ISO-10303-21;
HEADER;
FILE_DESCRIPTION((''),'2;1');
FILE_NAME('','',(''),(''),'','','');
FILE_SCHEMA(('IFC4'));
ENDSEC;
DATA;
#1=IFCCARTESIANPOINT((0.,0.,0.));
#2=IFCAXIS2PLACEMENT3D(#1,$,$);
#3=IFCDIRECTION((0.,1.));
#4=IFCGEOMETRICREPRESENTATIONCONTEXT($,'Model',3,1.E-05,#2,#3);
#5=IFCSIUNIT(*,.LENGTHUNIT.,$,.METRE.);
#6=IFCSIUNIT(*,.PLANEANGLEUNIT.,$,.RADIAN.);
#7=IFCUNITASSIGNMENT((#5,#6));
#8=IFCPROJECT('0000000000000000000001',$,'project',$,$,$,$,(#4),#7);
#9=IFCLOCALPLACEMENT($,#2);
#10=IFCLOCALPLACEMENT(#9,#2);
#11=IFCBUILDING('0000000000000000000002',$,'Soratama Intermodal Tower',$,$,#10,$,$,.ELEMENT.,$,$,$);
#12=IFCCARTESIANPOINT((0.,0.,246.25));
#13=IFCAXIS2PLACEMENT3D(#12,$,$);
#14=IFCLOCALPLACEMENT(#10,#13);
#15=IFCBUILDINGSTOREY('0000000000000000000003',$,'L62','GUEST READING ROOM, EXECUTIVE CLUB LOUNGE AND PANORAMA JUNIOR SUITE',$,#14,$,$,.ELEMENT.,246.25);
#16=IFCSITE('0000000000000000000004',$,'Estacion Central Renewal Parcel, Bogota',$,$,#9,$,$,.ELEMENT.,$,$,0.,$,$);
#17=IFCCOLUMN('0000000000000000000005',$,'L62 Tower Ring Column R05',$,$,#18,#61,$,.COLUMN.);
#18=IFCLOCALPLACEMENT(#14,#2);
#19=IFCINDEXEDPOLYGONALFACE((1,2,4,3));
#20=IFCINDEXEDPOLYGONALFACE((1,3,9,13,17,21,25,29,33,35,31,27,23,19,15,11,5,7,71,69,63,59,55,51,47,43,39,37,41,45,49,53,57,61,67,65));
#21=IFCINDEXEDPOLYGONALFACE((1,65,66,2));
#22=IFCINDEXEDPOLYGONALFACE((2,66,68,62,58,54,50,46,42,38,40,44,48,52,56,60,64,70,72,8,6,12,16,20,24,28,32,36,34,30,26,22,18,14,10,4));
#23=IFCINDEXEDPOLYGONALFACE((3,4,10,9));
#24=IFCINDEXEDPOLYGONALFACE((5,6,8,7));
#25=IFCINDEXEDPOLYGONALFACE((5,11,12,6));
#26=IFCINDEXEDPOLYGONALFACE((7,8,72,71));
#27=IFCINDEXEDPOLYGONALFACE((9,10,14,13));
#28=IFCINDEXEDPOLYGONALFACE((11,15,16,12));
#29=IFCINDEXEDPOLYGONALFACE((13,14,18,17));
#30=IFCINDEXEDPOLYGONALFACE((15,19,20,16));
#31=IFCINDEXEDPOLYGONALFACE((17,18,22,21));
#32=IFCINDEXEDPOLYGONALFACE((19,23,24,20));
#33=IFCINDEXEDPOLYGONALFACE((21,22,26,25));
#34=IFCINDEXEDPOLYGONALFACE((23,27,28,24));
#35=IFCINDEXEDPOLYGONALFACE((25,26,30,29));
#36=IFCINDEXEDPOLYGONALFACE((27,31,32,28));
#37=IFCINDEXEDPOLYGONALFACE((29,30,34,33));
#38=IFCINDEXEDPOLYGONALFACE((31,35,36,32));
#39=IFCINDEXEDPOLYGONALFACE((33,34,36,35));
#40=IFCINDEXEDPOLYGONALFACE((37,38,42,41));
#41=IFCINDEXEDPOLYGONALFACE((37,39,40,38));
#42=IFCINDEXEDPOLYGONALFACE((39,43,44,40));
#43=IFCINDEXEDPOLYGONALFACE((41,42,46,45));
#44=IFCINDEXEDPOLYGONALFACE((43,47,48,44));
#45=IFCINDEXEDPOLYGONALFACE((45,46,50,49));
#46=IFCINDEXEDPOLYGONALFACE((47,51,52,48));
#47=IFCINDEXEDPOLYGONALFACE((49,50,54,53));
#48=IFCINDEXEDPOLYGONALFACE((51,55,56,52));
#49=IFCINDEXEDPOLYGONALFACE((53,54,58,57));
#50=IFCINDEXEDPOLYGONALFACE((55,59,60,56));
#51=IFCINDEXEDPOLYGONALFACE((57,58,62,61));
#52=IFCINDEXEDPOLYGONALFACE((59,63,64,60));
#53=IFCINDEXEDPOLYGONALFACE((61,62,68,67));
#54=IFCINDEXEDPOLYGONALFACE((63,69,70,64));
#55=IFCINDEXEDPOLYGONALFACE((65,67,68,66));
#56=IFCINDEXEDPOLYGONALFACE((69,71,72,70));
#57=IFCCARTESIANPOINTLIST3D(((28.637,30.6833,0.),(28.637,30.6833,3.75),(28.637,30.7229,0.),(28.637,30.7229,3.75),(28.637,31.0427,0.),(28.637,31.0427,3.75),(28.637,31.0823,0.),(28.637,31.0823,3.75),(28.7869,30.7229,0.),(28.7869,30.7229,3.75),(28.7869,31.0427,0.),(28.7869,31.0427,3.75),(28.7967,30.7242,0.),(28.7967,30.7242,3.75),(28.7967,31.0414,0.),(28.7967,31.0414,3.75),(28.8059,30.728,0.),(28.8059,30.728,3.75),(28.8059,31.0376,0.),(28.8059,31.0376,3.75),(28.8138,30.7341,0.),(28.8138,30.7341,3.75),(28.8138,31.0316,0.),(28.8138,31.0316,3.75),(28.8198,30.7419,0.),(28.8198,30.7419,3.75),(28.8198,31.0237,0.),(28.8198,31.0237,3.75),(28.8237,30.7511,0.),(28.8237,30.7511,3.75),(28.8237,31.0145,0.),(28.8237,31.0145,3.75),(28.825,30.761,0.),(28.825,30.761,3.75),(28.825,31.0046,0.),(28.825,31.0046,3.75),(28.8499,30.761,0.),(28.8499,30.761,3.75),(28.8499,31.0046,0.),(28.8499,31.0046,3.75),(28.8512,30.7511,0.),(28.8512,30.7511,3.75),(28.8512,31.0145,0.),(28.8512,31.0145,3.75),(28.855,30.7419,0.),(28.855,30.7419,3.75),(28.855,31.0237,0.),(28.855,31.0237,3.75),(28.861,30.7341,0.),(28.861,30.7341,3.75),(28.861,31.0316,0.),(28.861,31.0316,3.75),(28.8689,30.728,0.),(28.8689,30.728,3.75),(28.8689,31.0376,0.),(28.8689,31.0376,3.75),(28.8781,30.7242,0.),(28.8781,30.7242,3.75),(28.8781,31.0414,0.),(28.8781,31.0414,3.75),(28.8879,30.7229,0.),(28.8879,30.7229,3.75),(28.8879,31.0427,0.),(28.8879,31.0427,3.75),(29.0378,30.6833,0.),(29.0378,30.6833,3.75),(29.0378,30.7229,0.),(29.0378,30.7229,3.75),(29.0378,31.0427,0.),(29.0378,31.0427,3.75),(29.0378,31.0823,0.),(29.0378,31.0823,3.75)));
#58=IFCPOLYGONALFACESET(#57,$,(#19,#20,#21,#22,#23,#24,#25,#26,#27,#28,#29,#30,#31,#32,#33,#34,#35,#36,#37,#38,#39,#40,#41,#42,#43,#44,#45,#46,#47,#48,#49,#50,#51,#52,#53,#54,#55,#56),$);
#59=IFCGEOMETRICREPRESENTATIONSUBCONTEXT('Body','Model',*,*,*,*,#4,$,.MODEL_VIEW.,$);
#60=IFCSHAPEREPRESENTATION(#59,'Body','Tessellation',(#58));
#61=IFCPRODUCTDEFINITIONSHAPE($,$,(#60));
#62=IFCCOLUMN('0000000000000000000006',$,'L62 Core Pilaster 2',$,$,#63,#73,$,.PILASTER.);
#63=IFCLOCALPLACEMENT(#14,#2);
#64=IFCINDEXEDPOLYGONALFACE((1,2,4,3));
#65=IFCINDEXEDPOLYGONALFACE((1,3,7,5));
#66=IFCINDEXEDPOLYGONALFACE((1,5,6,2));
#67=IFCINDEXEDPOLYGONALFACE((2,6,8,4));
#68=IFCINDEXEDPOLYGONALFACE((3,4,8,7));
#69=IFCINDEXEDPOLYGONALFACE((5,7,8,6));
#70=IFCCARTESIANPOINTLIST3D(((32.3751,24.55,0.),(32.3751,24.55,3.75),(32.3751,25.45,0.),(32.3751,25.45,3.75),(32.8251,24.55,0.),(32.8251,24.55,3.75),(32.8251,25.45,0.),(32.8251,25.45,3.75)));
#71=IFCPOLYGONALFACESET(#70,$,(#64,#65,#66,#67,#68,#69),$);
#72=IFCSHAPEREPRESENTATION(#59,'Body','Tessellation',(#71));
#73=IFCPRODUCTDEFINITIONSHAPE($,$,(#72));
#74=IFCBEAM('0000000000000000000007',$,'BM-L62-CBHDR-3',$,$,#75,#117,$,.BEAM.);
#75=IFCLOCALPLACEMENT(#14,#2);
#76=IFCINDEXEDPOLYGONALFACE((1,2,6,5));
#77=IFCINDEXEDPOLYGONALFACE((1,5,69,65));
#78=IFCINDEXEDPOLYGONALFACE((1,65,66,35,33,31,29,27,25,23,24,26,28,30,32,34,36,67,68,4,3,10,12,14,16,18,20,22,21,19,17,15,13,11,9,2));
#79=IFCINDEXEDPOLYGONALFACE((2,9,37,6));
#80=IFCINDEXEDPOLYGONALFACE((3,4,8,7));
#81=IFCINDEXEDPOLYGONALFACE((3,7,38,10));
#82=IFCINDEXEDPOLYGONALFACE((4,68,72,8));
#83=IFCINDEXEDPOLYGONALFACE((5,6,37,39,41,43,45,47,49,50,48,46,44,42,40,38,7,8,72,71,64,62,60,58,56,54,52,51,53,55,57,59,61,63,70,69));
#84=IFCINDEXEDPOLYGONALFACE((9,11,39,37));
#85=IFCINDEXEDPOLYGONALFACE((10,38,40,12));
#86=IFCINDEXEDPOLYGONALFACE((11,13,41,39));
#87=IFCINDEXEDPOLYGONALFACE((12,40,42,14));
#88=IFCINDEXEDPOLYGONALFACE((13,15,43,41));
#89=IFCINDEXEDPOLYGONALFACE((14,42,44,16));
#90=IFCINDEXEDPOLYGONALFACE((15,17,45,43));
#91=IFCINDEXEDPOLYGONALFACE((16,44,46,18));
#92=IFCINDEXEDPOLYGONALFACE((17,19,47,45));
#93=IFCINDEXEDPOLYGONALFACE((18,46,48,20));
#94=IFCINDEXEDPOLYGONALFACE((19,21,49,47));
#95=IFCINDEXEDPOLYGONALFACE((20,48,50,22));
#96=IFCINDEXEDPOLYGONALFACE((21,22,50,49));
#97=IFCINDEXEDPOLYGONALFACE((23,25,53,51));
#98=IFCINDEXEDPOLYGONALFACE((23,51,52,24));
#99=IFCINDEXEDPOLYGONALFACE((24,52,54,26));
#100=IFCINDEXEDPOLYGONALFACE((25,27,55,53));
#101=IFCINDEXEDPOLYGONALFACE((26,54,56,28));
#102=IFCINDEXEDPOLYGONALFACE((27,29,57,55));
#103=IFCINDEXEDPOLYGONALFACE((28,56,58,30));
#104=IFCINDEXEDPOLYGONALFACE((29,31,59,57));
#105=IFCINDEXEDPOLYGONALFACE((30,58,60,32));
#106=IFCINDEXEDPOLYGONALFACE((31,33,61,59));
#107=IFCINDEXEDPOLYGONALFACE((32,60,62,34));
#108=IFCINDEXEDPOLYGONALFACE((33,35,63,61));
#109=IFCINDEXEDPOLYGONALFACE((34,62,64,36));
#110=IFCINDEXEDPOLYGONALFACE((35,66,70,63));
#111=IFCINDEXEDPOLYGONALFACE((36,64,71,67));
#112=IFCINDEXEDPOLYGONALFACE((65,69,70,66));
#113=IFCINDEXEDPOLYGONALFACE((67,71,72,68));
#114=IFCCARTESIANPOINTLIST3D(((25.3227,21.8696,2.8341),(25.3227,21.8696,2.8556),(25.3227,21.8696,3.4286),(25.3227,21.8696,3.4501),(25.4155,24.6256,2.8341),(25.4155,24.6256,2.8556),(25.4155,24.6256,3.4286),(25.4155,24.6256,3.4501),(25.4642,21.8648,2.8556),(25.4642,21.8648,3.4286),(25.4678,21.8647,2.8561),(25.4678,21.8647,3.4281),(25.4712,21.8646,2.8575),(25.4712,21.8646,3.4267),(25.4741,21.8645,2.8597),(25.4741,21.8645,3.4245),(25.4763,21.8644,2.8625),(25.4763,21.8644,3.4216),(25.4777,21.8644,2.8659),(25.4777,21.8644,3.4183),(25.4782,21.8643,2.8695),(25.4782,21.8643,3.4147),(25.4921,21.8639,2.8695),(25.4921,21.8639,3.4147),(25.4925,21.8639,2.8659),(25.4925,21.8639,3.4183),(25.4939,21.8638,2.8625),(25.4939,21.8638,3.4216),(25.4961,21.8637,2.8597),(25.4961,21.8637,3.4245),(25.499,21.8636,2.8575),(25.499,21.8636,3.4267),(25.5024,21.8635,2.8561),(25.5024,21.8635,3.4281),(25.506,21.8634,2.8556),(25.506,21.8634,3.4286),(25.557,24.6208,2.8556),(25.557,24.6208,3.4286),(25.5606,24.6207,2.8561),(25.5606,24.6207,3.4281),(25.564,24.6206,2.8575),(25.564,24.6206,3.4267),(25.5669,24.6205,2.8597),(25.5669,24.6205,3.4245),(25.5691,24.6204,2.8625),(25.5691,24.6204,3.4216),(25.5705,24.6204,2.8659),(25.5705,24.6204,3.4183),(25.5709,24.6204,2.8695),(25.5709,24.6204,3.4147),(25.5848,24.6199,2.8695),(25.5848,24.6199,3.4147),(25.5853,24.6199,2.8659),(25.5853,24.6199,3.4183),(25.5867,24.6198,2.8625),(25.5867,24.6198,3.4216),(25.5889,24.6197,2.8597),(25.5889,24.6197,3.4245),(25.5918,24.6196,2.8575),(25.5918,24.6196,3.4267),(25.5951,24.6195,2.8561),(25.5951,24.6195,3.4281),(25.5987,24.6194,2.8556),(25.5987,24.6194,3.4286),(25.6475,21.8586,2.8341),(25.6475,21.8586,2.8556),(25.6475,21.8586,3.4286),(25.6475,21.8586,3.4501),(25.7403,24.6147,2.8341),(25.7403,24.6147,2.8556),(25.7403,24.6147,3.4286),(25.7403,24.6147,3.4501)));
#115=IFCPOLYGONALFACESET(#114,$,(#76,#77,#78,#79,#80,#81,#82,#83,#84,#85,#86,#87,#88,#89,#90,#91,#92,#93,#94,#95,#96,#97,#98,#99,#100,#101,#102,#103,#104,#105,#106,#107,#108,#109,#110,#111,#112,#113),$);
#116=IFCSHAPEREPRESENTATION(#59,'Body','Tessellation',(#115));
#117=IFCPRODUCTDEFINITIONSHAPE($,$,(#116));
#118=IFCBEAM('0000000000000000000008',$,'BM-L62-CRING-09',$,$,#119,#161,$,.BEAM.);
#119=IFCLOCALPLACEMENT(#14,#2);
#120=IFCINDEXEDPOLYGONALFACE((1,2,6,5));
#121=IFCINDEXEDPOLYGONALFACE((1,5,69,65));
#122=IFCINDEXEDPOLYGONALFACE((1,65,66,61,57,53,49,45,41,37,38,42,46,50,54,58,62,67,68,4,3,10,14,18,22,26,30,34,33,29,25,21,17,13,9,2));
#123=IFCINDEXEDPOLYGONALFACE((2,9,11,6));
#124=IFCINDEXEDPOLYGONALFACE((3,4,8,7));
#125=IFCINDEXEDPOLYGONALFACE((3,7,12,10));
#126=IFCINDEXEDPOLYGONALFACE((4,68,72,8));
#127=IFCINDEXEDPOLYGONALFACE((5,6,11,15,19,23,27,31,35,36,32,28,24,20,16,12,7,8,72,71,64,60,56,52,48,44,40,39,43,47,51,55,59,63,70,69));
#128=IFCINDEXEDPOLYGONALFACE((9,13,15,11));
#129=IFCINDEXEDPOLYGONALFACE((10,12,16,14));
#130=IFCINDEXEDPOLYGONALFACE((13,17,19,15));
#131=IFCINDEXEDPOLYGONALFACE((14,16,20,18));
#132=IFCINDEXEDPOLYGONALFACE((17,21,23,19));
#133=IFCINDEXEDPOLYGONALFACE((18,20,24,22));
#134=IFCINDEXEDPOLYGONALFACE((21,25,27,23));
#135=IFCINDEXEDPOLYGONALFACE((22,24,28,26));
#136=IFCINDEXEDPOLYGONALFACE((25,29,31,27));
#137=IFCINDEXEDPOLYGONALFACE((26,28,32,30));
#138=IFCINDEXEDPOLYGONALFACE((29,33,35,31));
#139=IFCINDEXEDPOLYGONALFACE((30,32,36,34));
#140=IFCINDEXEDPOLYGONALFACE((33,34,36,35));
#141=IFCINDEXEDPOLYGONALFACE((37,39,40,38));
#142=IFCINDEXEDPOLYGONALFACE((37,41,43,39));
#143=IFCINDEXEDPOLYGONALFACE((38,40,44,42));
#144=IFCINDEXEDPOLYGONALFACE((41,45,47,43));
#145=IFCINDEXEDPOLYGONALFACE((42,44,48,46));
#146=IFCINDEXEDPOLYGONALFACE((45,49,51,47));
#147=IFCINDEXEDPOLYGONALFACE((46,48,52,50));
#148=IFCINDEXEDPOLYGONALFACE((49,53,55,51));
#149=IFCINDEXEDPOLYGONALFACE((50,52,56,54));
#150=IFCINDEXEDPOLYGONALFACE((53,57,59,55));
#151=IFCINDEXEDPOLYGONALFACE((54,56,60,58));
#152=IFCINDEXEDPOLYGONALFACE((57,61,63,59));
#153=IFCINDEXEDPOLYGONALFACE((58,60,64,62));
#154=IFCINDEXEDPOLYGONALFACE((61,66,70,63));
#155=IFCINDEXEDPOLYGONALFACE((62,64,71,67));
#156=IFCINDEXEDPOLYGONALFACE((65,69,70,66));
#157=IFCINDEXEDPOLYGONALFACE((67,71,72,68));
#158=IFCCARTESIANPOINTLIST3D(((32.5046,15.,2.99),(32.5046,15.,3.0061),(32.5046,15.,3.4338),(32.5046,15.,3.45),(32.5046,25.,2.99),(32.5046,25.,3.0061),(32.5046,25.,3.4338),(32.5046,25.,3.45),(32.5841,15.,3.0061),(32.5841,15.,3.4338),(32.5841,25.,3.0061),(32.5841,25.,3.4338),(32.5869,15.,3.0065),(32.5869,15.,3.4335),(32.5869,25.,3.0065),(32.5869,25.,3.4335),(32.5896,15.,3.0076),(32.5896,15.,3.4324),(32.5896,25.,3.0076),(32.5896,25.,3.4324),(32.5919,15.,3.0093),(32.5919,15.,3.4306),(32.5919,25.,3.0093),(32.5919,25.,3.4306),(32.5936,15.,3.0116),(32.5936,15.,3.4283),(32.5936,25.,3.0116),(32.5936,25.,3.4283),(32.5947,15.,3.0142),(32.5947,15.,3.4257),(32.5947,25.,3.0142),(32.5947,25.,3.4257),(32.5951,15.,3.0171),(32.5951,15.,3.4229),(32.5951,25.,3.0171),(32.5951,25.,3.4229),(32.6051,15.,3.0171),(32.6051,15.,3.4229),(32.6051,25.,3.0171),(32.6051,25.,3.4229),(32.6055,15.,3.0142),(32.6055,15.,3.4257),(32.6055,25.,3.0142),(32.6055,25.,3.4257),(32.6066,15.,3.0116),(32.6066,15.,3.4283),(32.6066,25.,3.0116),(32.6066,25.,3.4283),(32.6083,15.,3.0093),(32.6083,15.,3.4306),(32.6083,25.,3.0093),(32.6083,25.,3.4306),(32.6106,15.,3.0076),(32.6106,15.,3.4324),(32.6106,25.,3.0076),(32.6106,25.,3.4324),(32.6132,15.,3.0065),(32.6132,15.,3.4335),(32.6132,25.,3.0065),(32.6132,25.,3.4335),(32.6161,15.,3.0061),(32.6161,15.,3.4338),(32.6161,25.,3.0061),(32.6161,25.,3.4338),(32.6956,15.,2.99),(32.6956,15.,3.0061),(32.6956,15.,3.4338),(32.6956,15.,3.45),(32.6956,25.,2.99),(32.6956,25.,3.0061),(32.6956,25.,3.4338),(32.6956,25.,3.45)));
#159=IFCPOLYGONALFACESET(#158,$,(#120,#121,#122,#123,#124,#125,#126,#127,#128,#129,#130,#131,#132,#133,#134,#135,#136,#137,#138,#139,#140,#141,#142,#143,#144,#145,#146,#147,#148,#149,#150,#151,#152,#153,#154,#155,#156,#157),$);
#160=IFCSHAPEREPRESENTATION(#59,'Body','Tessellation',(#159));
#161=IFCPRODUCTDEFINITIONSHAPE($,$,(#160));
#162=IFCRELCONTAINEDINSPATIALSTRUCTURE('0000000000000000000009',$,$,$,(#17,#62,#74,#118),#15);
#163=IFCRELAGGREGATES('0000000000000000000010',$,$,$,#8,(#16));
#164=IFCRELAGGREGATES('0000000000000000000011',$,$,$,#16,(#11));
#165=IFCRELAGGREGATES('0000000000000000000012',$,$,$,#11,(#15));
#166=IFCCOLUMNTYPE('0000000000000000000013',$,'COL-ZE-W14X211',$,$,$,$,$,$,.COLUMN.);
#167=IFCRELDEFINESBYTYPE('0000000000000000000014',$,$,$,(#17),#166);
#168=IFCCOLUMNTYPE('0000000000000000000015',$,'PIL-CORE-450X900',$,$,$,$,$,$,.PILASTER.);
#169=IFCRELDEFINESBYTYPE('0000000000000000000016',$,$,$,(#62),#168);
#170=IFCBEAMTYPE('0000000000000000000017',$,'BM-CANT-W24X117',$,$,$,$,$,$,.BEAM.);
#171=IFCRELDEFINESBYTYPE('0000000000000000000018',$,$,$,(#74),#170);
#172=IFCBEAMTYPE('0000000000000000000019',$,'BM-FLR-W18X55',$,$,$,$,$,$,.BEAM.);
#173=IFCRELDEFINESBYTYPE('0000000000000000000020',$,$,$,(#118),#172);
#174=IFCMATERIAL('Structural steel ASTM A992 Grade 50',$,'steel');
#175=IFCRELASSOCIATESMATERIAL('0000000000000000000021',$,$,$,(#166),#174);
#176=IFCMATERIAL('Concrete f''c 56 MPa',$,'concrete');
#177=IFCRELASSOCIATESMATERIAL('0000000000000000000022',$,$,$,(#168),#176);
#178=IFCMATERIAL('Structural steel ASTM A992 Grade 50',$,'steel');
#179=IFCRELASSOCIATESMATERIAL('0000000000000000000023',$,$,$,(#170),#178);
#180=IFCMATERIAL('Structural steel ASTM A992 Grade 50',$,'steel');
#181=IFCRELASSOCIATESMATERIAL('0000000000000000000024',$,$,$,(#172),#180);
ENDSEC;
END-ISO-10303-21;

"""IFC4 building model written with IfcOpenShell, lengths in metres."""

from ifc_helpers import new_model, si_unit, direction, frame, origin, origin_2d, place, context, subcontext, project, spatial, rectangle, i_section, extrude, material, material_profile, profile_set, type_object, element, save


model = new_model("IFC4")

# Units and contexts
model_context = context("Model", 3, precision=1e-05, world=origin(), true_north=direction((0.0, 1.0)))
body_context = subcontext(model_context, "Body", "Model", "MODEL_VIEW")
ifc_project = project(units=[si_unit("LENGTHUNIT", "METRE"), si_unit("PLANEANGLEUNIT", "RADIAN")], contexts=[model_context])

# Site, building, storey
site_placement = place(None, origin())
site = spatial("IfcSite", under=ifc_project, at=site_placement, Name="Estacion Central Renewal Parcel, Bogota", CompositionType="ELEMENT", RefElevation=0.0)
building_placement = place(site_placement, origin())
building = spatial("IfcBuilding", under=site, at=building_placement, Name="Soratama Intermodal Tower", CompositionType="ELEMENT")
storey_placement = place(building_placement, frame((0.0, 0.0, 246.25)))
storey = spatial("IfcBuildingStorey", under=building, at=storey_placement, Name="L62", Description="GUEST READING ROOM, EXECUTIVE CLUB LOUNGE AND PANORAMA JUNIOR SUITE", CompositionType="ELEMENT", Elevation=246.25)

# Columns
ifc_material_1 = material(Name="Structural steel ASTM A992 Grade 50", Category="steel")
ifc_material_profile_1 = material_profile(ifc_material_1, i_section(OverallWidth=0.4009, OverallDepth=0.3989, WebThickness=0.0249, FlangeThickness=0.0396, FilletRadius=0.0381, at=origin_2d()), Name="W14X211")
ifc_profile_set_1 = profile_set([ifc_material_profile_1], Name="Structural steel ASTM A992 Grade 50")
column_type_1 = type_object("IfcColumnType", Name="COL-ZE-W14X211", PredefinedType="COLUMN", material=ifc_profile_set_1)
column_1_placement = place(storey_placement, frame((28.8374, 30.8828, 0.0), z_axis=(0.0, 0.0, 1.0), x_axis=(1.0, 0.0, 0.0)))
element("IfcColumn", 1, at=column_1_placement, inside=storey, type_object=column_type_1, Name="L62 Tower Ring Column R05", PredefinedType="COLUMN", context=body_context, shape_type="SweptSolid", body=[
    extrude(i_section(OverallWidth=0.4009, OverallDepth=0.3989, WebThickness=0.0249, FlangeThickness=0.0396, FilletRadius=0.0381, at=origin_2d()), origin(), (0.0, 0.0, 1.0), 3.75),
])
ifc_material_2 = material(Name="Concrete f'c 56 MPa", Category="concrete")
ifc_material_profile_2 = material_profile(ifc_material_2, rectangle(XDim=0.45, YDim=0.8999, at=origin_2d()), Name="RC450X900")
ifc_profile_set_2 = profile_set([ifc_material_profile_2], Name="Concrete f'c 56 MPa")
column_type_2 = type_object("IfcColumnType", Name="PIL-CORE-450X900", PredefinedType="PILASTER", material=ifc_profile_set_2)
column_2_placement = place(storey_placement, frame((32.6001, 25.0, 0.0), z_axis=(0.0, 0.0, 1.0), x_axis=(1.0, 0.0, 0.0)))
element("IfcColumn", 2, at=column_2_placement, inside=storey, type_object=column_type_2, Name="L62 Core Pilaster 2", PredefinedType="PILASTER", context=body_context, shape_type="SweptSolid", body=[
    extrude(rectangle(XDim=0.45, YDim=0.8999, at=origin_2d()), origin(), (0.0, 0.0, 1.0), 3.75),
])

# Beams
ifc_material_3 = material(Name="Structural steel ASTM A992 Grade 50", Category="steel")
ifc_material_profile_3 = material_profile(ifc_material_3, i_section(OverallWidth=0.325, OverallDepth=0.616, WebThickness=0.0139, FlangeThickness=0.0215, FilletRadius=0.0139, at=origin_2d()), Name="W24X117")
ifc_profile_set_3 = profile_set([ifc_material_profile_3], Name="Structural steel ASTM A992 Grade 50")
beam_type_1 = type_object("IfcBeamType", Name="BM-CANT-W24X117", PredefinedType="BEAM", material=ifc_profile_set_3)
beam_1_placement = place(storey_placement, frame((25.5779, 24.6201, 3.1421), z_axis=(-0.033642, -0.999434, 0.0), x_axis=(0.999434, -0.033642, 0.0)))
element("IfcBeam", 3, at=beam_1_placement, inside=storey, type_object=beam_type_1, Name="BM-L62-CBHDR-3", PredefinedType="BEAM", context=body_context, shape_type="SweptSolid", body=[
    extrude(i_section(OverallWidth=0.325, OverallDepth=0.616, WebThickness=0.0139, FlangeThickness=0.0215, FilletRadius=0.0139, at=origin_2d()), origin(), (0.0, 0.0, 1.0), 2.7576),
])
ifc_material_4 = material(Name="Structural steel ASTM A992 Grade 50", Category="steel")
ifc_material_profile_4 = material_profile(ifc_material_4, i_section(OverallWidth=0.1909, OverallDepth=0.46, WebThickness=0.01, FlangeThickness=0.0161, FilletRadius=0.011, at=origin_2d()), Name="W18X55")
ifc_profile_set_4 = profile_set([ifc_material_profile_4], Name="Structural steel ASTM A992 Grade 50")
beam_type_2 = type_object("IfcBeamType", Name="BM-FLR-W18X55", PredefinedType="BEAM", material=ifc_profile_set_4)
beam_2_placement = place(storey_placement, frame((32.6001, 25.0, 3.22), z_axis=(0.0, -1.0, 0.0), x_axis=(1.0, 0.0, 0.0)))
element("IfcBeam", 4, at=beam_2_placement, inside=storey, type_object=beam_type_2, Name="BM-L62-CRING-09", PredefinedType="BEAM", context=body_context, shape_type="SweptSolid", body=[
    extrude(i_section(OverallWidth=0.1909, OverallDepth=0.46, WebThickness=0.01, FlangeThickness=0.0161, FilletRadius=0.011, at=origin_2d()), origin(), (0.0, 0.0, 1.0), 10.0),
])

save(model, "model.ifc")
